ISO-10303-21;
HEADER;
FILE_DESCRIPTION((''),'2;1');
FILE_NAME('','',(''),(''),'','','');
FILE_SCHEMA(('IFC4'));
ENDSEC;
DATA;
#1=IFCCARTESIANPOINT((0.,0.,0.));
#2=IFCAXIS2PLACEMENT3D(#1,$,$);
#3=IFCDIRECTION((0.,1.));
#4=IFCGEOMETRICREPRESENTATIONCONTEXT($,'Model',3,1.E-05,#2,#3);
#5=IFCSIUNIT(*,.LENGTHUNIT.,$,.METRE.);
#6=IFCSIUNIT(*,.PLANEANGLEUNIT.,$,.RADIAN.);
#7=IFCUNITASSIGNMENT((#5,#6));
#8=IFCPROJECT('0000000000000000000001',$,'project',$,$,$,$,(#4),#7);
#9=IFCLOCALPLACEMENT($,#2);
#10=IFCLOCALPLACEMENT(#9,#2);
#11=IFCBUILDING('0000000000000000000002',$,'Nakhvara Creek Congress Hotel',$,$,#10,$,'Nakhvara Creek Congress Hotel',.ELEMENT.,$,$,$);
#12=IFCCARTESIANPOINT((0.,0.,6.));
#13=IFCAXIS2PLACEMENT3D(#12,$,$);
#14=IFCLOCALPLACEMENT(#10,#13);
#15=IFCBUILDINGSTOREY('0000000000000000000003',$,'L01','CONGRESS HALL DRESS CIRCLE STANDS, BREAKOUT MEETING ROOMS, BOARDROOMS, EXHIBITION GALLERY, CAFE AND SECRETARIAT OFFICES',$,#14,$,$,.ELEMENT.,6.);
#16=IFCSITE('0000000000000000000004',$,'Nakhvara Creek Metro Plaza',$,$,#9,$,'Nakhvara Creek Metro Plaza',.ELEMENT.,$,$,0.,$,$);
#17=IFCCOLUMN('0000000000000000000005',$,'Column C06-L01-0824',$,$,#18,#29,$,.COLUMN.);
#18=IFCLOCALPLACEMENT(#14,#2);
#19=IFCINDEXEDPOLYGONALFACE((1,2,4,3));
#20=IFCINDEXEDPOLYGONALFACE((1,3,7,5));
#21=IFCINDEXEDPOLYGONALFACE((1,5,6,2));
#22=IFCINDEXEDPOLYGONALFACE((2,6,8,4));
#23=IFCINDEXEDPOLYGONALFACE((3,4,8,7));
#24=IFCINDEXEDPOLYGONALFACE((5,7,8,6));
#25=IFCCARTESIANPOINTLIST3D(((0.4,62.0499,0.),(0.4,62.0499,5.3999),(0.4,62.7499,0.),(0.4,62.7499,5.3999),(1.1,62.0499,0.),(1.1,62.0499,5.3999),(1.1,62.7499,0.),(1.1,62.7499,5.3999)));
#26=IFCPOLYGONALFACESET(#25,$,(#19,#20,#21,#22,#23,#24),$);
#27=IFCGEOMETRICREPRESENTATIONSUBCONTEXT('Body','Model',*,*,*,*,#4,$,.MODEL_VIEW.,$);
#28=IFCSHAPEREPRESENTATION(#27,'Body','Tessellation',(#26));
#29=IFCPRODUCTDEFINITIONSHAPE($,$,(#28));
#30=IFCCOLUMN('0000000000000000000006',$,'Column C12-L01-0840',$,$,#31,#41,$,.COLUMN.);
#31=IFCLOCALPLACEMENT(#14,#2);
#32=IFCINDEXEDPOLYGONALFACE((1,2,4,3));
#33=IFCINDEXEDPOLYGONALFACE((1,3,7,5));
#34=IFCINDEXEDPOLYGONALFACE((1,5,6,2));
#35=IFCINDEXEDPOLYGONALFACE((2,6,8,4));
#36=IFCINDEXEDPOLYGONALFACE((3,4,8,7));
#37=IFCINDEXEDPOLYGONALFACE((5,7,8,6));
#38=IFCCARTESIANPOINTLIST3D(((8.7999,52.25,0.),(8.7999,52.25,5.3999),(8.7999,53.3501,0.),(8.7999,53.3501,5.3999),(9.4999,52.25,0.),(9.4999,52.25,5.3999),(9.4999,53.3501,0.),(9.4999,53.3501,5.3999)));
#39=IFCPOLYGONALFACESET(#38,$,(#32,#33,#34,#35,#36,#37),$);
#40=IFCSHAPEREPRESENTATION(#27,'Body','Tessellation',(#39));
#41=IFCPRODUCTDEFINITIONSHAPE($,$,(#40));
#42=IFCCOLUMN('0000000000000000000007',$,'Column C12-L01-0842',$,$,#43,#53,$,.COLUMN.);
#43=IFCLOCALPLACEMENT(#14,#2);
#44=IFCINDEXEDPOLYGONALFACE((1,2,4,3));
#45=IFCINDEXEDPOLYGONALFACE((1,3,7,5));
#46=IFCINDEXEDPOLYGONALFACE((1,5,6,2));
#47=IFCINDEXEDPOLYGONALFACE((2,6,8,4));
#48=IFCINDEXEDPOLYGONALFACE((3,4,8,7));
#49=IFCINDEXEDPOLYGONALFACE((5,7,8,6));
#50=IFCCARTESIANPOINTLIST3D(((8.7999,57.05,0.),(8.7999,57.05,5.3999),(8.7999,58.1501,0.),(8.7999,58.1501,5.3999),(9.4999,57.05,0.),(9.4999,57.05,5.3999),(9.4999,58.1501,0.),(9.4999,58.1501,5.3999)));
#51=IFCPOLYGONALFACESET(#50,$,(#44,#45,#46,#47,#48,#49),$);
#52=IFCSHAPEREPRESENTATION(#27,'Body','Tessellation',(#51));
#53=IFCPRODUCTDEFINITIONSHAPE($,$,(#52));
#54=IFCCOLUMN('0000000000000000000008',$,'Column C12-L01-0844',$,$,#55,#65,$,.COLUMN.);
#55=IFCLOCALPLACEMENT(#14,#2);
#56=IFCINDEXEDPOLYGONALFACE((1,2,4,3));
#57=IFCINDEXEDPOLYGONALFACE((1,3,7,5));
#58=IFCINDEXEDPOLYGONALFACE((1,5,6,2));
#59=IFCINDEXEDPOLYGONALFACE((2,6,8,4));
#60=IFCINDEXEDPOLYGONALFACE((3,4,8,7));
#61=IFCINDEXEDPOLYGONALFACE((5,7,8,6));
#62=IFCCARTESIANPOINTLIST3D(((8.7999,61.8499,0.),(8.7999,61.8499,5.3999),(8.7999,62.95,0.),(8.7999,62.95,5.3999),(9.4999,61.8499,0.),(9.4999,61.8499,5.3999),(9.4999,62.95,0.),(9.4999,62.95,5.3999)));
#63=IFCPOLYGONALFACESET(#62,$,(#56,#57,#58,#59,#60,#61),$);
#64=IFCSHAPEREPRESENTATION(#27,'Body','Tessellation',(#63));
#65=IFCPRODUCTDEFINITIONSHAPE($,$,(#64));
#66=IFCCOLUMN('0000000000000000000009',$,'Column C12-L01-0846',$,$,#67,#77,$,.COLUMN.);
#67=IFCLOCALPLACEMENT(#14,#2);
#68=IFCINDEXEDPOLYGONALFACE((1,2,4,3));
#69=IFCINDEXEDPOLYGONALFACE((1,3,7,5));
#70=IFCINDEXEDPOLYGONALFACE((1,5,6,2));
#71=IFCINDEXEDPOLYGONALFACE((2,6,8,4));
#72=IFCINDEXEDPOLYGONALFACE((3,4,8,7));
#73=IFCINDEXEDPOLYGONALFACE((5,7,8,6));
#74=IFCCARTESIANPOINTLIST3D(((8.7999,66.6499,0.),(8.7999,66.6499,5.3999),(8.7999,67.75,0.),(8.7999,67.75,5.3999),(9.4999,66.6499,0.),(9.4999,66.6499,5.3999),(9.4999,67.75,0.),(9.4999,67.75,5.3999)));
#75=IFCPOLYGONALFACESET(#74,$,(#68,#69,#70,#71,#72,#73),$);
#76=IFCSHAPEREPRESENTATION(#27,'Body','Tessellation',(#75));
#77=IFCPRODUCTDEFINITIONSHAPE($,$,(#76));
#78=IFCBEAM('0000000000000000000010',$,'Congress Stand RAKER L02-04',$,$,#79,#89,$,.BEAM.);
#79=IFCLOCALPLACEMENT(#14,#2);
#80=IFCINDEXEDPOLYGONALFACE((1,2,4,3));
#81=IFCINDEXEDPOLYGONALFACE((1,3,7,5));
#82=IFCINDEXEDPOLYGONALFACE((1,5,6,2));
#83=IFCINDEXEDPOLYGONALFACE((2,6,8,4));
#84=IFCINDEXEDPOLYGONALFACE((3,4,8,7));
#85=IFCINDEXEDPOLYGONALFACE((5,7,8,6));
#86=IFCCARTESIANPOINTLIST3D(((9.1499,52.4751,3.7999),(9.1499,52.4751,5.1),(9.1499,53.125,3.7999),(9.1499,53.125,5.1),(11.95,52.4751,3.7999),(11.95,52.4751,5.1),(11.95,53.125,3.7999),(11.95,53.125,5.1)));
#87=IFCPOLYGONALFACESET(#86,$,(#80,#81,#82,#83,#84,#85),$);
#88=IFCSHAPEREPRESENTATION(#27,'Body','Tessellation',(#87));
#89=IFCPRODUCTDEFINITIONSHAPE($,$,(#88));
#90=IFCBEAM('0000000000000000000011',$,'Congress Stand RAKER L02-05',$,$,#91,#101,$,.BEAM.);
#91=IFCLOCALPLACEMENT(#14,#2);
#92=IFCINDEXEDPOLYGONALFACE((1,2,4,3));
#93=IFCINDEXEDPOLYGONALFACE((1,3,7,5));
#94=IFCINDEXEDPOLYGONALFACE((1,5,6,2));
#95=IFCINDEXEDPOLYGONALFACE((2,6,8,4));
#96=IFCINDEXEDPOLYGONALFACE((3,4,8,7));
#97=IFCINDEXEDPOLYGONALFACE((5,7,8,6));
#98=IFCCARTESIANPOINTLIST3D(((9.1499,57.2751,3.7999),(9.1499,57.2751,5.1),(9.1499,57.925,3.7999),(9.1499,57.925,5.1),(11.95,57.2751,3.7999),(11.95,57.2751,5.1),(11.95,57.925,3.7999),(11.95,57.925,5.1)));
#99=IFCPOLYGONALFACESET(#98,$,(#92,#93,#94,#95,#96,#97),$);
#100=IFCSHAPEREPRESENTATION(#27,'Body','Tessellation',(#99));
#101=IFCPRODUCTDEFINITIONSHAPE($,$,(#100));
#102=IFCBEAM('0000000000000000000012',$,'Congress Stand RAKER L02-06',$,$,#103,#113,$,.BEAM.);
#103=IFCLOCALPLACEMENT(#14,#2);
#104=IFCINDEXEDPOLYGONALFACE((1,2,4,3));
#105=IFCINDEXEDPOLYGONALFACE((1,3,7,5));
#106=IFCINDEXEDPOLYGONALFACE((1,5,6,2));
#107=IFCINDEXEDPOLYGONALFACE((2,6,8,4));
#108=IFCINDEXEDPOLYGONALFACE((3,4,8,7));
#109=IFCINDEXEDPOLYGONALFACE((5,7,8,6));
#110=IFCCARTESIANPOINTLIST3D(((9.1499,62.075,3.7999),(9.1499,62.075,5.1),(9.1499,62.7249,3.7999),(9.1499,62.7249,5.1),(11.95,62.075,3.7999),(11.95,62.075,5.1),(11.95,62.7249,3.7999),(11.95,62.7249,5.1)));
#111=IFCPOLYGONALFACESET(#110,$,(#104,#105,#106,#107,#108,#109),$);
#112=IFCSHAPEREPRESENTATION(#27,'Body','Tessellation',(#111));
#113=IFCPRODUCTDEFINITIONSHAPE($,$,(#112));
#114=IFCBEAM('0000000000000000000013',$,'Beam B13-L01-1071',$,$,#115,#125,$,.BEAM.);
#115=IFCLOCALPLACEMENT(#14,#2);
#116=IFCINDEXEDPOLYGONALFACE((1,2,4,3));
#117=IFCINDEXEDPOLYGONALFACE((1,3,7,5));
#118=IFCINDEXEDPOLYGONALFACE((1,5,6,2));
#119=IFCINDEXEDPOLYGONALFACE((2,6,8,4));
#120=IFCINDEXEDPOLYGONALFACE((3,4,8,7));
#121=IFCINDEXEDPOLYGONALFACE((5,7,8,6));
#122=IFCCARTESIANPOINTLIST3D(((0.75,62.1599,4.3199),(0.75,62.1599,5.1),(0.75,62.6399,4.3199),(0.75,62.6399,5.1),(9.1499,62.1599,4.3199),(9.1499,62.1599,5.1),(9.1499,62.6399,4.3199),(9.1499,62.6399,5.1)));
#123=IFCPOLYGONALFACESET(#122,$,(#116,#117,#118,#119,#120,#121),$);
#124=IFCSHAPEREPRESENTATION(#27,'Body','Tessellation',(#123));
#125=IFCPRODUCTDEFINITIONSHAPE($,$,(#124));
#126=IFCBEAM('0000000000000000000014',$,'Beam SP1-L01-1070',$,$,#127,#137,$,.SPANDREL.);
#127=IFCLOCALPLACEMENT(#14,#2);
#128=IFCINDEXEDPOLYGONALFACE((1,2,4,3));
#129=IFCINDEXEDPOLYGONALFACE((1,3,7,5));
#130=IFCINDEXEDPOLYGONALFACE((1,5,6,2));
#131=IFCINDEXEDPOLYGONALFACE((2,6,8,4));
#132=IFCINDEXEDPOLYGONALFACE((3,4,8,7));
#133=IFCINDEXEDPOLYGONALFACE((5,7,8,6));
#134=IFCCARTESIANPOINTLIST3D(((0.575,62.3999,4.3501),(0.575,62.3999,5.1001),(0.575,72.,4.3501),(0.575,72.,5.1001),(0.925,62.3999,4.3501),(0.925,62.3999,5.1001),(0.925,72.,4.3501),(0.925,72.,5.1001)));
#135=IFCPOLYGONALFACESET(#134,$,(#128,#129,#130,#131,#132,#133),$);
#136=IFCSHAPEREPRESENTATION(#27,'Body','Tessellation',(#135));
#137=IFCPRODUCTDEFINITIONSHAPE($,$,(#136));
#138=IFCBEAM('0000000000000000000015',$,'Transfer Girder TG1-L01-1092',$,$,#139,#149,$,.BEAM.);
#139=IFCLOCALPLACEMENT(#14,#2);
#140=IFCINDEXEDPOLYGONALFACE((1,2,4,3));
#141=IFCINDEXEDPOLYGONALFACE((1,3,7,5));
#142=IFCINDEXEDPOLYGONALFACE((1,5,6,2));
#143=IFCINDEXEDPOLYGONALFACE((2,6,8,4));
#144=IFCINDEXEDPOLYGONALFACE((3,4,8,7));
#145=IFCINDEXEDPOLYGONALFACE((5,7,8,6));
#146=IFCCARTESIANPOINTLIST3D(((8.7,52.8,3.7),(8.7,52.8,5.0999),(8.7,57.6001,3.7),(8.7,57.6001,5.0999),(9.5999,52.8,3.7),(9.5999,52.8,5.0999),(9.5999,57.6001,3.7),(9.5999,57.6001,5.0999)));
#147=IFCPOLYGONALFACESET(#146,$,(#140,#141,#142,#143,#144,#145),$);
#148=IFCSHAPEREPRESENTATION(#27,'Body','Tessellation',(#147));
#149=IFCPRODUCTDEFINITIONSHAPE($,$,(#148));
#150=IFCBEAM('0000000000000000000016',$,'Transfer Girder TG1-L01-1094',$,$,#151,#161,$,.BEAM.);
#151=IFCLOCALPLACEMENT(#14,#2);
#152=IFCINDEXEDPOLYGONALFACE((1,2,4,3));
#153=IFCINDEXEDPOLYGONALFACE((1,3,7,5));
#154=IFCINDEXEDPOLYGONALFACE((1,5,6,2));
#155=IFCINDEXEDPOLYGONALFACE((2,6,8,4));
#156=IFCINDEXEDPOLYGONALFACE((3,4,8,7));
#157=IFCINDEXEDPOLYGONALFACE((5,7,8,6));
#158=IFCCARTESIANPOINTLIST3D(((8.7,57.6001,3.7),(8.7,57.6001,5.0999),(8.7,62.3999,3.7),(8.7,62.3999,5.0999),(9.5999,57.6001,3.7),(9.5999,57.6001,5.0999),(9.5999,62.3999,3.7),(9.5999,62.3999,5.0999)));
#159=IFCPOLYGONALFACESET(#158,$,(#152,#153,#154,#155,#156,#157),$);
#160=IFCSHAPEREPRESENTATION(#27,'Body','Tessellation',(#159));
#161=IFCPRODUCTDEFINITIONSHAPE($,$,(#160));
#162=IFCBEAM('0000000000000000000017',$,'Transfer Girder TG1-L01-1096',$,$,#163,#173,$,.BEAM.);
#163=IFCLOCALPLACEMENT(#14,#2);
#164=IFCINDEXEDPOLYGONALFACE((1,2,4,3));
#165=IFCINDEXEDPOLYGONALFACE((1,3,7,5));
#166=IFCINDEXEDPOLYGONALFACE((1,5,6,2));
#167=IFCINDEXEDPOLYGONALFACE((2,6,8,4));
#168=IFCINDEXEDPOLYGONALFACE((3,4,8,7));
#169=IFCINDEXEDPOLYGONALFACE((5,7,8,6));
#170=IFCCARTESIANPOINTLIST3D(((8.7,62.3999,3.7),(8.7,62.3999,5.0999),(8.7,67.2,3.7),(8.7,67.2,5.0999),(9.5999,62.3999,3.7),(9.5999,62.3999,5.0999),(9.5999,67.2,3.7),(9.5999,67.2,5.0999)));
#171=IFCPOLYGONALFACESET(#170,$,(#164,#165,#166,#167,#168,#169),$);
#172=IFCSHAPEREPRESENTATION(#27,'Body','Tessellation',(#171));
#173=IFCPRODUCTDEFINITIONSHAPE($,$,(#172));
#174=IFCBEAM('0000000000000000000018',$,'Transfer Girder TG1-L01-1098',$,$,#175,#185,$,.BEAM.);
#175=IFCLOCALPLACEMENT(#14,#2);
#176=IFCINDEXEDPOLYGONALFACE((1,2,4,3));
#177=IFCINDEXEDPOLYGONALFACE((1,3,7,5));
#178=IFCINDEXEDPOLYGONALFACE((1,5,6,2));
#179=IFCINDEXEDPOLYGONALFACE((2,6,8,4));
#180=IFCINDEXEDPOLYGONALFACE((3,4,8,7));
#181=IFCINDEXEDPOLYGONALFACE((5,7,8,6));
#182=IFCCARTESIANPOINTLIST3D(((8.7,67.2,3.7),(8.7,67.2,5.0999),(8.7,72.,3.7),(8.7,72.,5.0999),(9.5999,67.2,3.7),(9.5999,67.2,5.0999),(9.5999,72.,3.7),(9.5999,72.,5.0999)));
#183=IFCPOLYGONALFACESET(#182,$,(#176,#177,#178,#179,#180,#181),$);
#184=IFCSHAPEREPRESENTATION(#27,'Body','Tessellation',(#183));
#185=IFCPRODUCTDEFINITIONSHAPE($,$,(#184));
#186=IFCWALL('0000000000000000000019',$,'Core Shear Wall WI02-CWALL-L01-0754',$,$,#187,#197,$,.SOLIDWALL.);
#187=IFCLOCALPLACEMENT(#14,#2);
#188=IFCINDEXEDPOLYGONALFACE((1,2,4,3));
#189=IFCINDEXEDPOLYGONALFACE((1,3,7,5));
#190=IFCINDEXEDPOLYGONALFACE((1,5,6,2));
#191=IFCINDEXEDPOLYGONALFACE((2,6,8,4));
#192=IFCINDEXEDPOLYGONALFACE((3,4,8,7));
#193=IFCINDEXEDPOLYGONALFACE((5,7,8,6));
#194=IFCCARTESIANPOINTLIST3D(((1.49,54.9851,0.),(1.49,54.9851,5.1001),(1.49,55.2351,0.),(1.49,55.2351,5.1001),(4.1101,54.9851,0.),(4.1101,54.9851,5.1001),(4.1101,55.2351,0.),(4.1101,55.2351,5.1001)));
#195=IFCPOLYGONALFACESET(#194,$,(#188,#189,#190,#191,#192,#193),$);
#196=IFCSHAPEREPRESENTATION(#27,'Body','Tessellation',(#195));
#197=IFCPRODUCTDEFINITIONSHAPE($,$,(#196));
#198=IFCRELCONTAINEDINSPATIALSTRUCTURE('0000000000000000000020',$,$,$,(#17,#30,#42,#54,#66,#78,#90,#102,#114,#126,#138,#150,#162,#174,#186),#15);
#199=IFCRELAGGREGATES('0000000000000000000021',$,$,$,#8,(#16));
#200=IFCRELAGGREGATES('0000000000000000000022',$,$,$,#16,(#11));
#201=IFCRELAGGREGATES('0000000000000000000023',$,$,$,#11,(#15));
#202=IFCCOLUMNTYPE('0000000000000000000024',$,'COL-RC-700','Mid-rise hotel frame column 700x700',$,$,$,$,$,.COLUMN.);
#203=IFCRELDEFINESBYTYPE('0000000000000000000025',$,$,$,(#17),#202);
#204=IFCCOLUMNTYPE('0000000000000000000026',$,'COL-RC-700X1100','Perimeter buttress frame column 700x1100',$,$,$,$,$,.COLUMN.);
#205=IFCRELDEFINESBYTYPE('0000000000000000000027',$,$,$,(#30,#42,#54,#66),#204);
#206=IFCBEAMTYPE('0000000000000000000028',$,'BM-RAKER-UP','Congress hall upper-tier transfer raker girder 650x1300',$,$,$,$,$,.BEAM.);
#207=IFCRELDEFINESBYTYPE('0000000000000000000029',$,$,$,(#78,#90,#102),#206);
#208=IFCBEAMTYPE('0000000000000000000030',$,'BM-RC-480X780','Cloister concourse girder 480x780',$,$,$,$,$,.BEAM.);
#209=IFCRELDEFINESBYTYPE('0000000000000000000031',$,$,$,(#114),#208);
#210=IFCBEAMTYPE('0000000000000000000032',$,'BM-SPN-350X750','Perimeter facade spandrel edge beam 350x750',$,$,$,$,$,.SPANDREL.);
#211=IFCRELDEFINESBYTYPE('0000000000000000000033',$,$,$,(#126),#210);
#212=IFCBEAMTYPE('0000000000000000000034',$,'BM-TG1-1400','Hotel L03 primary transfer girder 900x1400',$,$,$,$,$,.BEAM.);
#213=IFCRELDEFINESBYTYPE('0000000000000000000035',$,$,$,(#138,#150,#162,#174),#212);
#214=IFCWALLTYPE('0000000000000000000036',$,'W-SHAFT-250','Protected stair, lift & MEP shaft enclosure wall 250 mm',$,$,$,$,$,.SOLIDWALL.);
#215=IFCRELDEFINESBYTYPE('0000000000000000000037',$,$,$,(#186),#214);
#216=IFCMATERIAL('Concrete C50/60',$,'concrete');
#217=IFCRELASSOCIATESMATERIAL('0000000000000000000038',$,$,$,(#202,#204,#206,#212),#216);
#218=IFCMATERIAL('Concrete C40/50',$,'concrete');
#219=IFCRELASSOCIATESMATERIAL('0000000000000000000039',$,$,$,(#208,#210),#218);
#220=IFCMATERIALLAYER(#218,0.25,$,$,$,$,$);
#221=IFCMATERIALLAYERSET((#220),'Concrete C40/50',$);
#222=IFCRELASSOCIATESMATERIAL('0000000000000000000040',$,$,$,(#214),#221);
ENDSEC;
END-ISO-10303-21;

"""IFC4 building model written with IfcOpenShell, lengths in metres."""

from ifc_helpers import new_model, si_unit, direction, frame, frame_2d, origin, origin_2d, place, context, subcontext, project, spatial, rectangle, extrude, material, layer, layer_set, material_profile, profile_set, type_object, element, save


model = new_model("IFC4")

# Units and contexts
model_context = context("Model", 3, precision=1e-05, world=origin(), true_north=direction((0.0, 1.0)))
body_context = subcontext(model_context, "Body", "Model", "MODEL_VIEW")
ifc_project = project(units=[si_unit("LENGTHUNIT", "METRE"), si_unit("PLANEANGLEUNIT", "RADIAN")], contexts=[model_context])

# Site, building, storey
site_placement = place(None, origin())
site = spatial("IfcSite", under=ifc_project, at=site_placement, Name="Nakhvara Creek Metro Plaza", LongName="Nakhvara Creek Metro Plaza", CompositionType="ELEMENT", RefElevation=0.0)
building_placement = place(site_placement, origin())
building = spatial("IfcBuilding", under=site, at=building_placement, Name="Nakhvara Creek Congress Hotel", LongName="Nakhvara Creek Congress Hotel", CompositionType="ELEMENT")
storey_placement = place(building_placement, frame((0.0, 0.0, 6.0)))
storey = spatial("IfcBuildingStorey", under=building, at=storey_placement, Name="L01", Description="CONGRESS HALL DRESS CIRCLE STANDS, BREAKOUT MEETING ROOMS, BOARDROOMS, EXHIBITION GALLERY, CAFE AND SECRETARIAT OFFICES", CompositionType="ELEMENT", Elevation=6.0)

# Columns
ifc_material_1 = material(Name="Concrete C50/60", Category="concrete")
ifc_material_profile_1 = material_profile(ifc_material_1, rectangle(XDim=0.7, YDim=0.7, at=origin_2d()), Name="RC-COL 700x700", Category="LoadBearing")
ifc_profile_set_1 = profile_set([ifc_material_profile_1], Name="Concrete C50/60")
column_type_1 = type_object("IfcColumnType", Name="COL-RC-700", Description="Mid-rise hotel frame column 700x700", PredefinedType="COLUMN", material=ifc_profile_set_1)
column_placement = place(storey_placement, frame((0.75, 62.3999, 0.0), z_axis=(0.0, 0.0, 1.0), x_axis=(1.0, 0.0, 0.0)))
element("IfcColumn", 1, at=column_placement, inside=storey, type_object=column_type_1, Name="Column C06-L01-0824", PredefinedType="COLUMN", context=body_context, shape_type="SweptSolid", body=[
    extrude(rectangle(XDim=0.7, YDim=0.7, at=origin_2d()), origin(), (0.0, 0.0, 1.0), 5.3999),
])
ifc_material_profile_2 = material_profile(ifc_material_1, rectangle(XDim=0.7, YDim=1.1001, at=origin_2d()), Name="RC-COL 700x1100", Category="LoadBearing")
ifc_profile_set_2 = profile_set([ifc_material_profile_2], Name="Concrete C50/60")
column_type_2 = type_object("IfcColumnType", Name="COL-RC-700X1100", Description="Perimeter buttress frame column 700x1100", PredefinedType="COLUMN", material=ifc_profile_set_2)
for number, where, z_axis, x_axis, name in (
    (2, (9.1499, 52.8, 0.0), (0.0, 0.0, 1.0), (1.0, 0.0, 0.0), "Column C12-L01-0840"),
    (3, (9.1499, 57.6001, 0.0), (0.0, 0.0, 1.0), (1.0, 0.0, 0.0), "Column C12-L01-0842"),
    (4, (9.1499, 62.3999, 0.0), (0.0, 0.0, 1.0), (1.0, 0.0, 0.0), "Column C12-L01-0844"),
    (5, (9.1499, 67.2, 0.0), (0.0, 0.0, 1.0), (1.0, 0.0, 0.0), "Column C12-L01-0846"),
):
    element("IfcColumn", number, at=place(storey_placement, frame(where, z_axis=z_axis, x_axis=x_axis)), inside=storey, type_object=column_type_2, Name=name, PredefinedType="COLUMN", context=body_context, shape_type="SweptSolid", body=[
        extrude(rectangle(XDim=0.7, YDim=1.1001, at=origin_2d()), origin(), (0.0, 0.0, 1.0), 5.3999),
    ])

# Beams
ifc_material_profile_3 = material_profile(ifc_material_1, rectangle(XDim=0.6499, YDim=1.3, at=origin_2d()), Name="RC-RAKER 650x1300", Category="LoadBearing")
ifc_profile_set_3 = profile_set([ifc_material_profile_3], Name="Concrete C50/60")
beam_type_1 = type_object("IfcBeamType", Name="BM-RAKER-UP", Description="Congress hall upper-tier transfer raker girder 650x1300", PredefinedType="BEAM", material=ifc_profile_set_3)
for number, where, z_axis, x_axis, name in (
    (6, (9.1499, 52.8, 4.45), (1.0, 0.0, 0.0), (0.0, 1.0, 0.0), "Congress Stand RAKER L02-04"),
    (7, (9.1499, 57.6001, 4.45), (1.0, 0.0, 0.0), (0.0, 1.0, 0.0), "Congress Stand RAKER L02-05"),
    (8, (9.1499, 62.3999, 4.45), (1.0, 0.0, 0.0), (0.0, 1.0, 0.0), "Congress Stand RAKER L02-06"),
):
    element("IfcBeam", number, at=place(storey_placement, frame(where, z_axis=z_axis, x_axis=x_axis)), inside=storey, type_object=beam_type_1, Name=name, PredefinedType="BEAM", context=body_context, shape_type="SweptSolid", body=[
        extrude(rectangle(XDim=0.6499, YDim=1.3, at=origin_2d()), origin(), (0.0, 0.0, 1.0), 2.8),
    ])
ifc_material_2 = material(Name="Concrete C40/50", Category="concrete")
ifc_material_profile_4 = material_profile(ifc_material_2, rectangle(XDim=0.48, YDim=0.78, at=origin_2d()), Name="RC-BM 480x780", Category="LoadBearing")
ifc_profile_set_4 = profile_set([ifc_material_profile_4], Name="Concrete C40/50")
beam_type_2 = type_object("IfcBeamType", Name="BM-RC-480X780", Description="Cloister concourse girder 480x780", PredefinedType="BEAM", material=ifc_profile_set_4)
beam_1_placement = place(storey_placement, frame((0.75, 62.3999, 4.71), z_axis=(1.0, 0.0, 0.0), x_axis=(0.0, 1.0, 0.0)))
element("IfcBeam", 9, at=beam_1_placement, inside=storey, type_object=beam_type_2, Name="Beam B13-L01-1071", PredefinedType="BEAM", context=body_context, shape_type="SweptSolid", body=[
    extrude(rectangle(XDim=0.48, YDim=0.78, at=origin_2d()), origin(), (0.0, 0.0, 1.0), 8.3999),
])
ifc_material_profile_5 = material_profile(ifc_material_2, rectangle(XDim=0.3501, YDim=0.75, at=origin_2d()), Name="RC-SPANDREL 350x750", Category="LoadBearing")
ifc_profile_set_5 = profile_set([ifc_material_profile_5], Name="Concrete C40/50")
beam_type_3 = type_object("IfcBeamType", Name="BM-SPN-350X750", Description="Perimeter facade spandrel edge beam 350x750", PredefinedType="SPANDREL", material=ifc_profile_set_5)
beam_2_placement = place(storey_placement, frame((0.75, 62.3999, 4.7251), z_axis=(0.0, 1.0, 0.0), x_axis=(-1.0, 0.0, 0.0)))
element("IfcBeam", 10, at=beam_2_placement, inside=storey, type_object=beam_type_3, Name="Beam SP1-L01-1070", PredefinedType="SPANDREL", context=body_context, shape_type="SweptSolid", body=[
    extrude(rectangle(XDim=0.3501, YDim=0.75, at=origin_2d()), origin(), (0.0, 0.0, 1.0), 9.6001),
])
ifc_material_profile_6 = material_profile(ifc_material_1, rectangle(XDim=0.8999, YDim=1.3999, at=origin_2d()), Name="RC-TG 900x1400", Category="LoadBearing")
ifc_profile_set_6 = profile_set([ifc_material_profile_6], Name="Concrete C50/60")
beam_type_4 = type_object("IfcBeamType", Name="BM-TG1-1400", Description="Hotel L03 primary transfer girder 900x1400", PredefinedType="BEAM", material=ifc_profile_set_6)
beam_3_placement = place(storey_placement, frame((9.1499, 52.8, 4.3999), z_axis=(0.0, 1.0, 0.0), x_axis=(-1.0, 0.0, 0.0)))
element("IfcBeam", 11, at=beam_3_placement, inside=storey, type_object=beam_type_4, Name="Transfer Girder TG1-L01-1092", PredefinedType="BEAM", context=body_context, shape_type="SweptSolid", body=[
    extrude(rectangle(XDim=0.8999, YDim=1.3999, at=origin_2d()), origin(), (0.0, 0.0, 1.0), 4.8),
])
beam_4_placement = place(storey_placement, frame((9.1499, 57.6001, 4.3999), z_axis=(0.0, 1.0, 0.0), x_axis=(-1.0, 0.0, 0.0)))
element("IfcBeam", 12, at=beam_4_placement, inside=storey, type_object=beam_type_4, Name="Transfer Girder TG1-L01-1094", PredefinedType="BEAM", context=body_context, shape_type="SweptSolid", body=[
    extrude(rectangle(XDim=0.8999, YDim=1.3999, at=origin_2d()), origin(), (0.0, 0.0, 1.0), 4.7998),
])
for number, where, z_axis, x_axis, name in (
    (13, (9.1499, 62.3999, 4.3999), (0.0, 1.0, 0.0), (-1.0, 0.0, 0.0), "Transfer Girder TG1-L01-1096"),
    (14, (9.1499, 67.2, 4.3999), (0.0, 1.0, 0.0), (-1.0, 0.0, 0.0), "Transfer Girder TG1-L01-1098"),
):
    element("IfcBeam", number, at=place(storey_placement, frame(where, z_axis=z_axis, x_axis=x_axis)), inside=storey, type_object=beam_type_4, Name=name, PredefinedType="BEAM", context=body_context, shape_type="SweptSolid", body=[
        extrude(rectangle(XDim=0.8999, YDim=1.3999, at=origin_2d()), origin(), (0.0, 0.0, 1.0), 4.8),
    ])

# Wall
ifc_layer_1 = layer(ifc_material_2, 0.25)
ifc_layer_set_1 = layer_set([ifc_layer_1], Name="Concrete C40/50")
wall_type = type_object("IfcWallType", Name="W-SHAFT-250", Description="Protected stair, lift & MEP shaft enclosure wall 250 mm", PredefinedType="SOLIDWALL", material=ifc_layer_set_1)
wall_1_placement = place(storey_placement, frame((1.49, 55.1101, 0.0), z_axis=(0.0, 0.0, 1.0), x_axis=(1.0, 0.0, 0.0)))
element("IfcWall", 15, at=wall_1_placement, inside=storey, type_object=wall_type, Name="Core Shear Wall WI02-CWALL-L01-0754", PredefinedType="SOLIDWALL", context=body_context, shape_type="SweptSolid", body=[
    extrude(rectangle(XDim=2.6201, YDim=0.25, at=frame_2d((1.3101, 0.0))), origin(), (0.0, 0.0, 1.0), 5.1001),
])

save(model, "model.ifc")
